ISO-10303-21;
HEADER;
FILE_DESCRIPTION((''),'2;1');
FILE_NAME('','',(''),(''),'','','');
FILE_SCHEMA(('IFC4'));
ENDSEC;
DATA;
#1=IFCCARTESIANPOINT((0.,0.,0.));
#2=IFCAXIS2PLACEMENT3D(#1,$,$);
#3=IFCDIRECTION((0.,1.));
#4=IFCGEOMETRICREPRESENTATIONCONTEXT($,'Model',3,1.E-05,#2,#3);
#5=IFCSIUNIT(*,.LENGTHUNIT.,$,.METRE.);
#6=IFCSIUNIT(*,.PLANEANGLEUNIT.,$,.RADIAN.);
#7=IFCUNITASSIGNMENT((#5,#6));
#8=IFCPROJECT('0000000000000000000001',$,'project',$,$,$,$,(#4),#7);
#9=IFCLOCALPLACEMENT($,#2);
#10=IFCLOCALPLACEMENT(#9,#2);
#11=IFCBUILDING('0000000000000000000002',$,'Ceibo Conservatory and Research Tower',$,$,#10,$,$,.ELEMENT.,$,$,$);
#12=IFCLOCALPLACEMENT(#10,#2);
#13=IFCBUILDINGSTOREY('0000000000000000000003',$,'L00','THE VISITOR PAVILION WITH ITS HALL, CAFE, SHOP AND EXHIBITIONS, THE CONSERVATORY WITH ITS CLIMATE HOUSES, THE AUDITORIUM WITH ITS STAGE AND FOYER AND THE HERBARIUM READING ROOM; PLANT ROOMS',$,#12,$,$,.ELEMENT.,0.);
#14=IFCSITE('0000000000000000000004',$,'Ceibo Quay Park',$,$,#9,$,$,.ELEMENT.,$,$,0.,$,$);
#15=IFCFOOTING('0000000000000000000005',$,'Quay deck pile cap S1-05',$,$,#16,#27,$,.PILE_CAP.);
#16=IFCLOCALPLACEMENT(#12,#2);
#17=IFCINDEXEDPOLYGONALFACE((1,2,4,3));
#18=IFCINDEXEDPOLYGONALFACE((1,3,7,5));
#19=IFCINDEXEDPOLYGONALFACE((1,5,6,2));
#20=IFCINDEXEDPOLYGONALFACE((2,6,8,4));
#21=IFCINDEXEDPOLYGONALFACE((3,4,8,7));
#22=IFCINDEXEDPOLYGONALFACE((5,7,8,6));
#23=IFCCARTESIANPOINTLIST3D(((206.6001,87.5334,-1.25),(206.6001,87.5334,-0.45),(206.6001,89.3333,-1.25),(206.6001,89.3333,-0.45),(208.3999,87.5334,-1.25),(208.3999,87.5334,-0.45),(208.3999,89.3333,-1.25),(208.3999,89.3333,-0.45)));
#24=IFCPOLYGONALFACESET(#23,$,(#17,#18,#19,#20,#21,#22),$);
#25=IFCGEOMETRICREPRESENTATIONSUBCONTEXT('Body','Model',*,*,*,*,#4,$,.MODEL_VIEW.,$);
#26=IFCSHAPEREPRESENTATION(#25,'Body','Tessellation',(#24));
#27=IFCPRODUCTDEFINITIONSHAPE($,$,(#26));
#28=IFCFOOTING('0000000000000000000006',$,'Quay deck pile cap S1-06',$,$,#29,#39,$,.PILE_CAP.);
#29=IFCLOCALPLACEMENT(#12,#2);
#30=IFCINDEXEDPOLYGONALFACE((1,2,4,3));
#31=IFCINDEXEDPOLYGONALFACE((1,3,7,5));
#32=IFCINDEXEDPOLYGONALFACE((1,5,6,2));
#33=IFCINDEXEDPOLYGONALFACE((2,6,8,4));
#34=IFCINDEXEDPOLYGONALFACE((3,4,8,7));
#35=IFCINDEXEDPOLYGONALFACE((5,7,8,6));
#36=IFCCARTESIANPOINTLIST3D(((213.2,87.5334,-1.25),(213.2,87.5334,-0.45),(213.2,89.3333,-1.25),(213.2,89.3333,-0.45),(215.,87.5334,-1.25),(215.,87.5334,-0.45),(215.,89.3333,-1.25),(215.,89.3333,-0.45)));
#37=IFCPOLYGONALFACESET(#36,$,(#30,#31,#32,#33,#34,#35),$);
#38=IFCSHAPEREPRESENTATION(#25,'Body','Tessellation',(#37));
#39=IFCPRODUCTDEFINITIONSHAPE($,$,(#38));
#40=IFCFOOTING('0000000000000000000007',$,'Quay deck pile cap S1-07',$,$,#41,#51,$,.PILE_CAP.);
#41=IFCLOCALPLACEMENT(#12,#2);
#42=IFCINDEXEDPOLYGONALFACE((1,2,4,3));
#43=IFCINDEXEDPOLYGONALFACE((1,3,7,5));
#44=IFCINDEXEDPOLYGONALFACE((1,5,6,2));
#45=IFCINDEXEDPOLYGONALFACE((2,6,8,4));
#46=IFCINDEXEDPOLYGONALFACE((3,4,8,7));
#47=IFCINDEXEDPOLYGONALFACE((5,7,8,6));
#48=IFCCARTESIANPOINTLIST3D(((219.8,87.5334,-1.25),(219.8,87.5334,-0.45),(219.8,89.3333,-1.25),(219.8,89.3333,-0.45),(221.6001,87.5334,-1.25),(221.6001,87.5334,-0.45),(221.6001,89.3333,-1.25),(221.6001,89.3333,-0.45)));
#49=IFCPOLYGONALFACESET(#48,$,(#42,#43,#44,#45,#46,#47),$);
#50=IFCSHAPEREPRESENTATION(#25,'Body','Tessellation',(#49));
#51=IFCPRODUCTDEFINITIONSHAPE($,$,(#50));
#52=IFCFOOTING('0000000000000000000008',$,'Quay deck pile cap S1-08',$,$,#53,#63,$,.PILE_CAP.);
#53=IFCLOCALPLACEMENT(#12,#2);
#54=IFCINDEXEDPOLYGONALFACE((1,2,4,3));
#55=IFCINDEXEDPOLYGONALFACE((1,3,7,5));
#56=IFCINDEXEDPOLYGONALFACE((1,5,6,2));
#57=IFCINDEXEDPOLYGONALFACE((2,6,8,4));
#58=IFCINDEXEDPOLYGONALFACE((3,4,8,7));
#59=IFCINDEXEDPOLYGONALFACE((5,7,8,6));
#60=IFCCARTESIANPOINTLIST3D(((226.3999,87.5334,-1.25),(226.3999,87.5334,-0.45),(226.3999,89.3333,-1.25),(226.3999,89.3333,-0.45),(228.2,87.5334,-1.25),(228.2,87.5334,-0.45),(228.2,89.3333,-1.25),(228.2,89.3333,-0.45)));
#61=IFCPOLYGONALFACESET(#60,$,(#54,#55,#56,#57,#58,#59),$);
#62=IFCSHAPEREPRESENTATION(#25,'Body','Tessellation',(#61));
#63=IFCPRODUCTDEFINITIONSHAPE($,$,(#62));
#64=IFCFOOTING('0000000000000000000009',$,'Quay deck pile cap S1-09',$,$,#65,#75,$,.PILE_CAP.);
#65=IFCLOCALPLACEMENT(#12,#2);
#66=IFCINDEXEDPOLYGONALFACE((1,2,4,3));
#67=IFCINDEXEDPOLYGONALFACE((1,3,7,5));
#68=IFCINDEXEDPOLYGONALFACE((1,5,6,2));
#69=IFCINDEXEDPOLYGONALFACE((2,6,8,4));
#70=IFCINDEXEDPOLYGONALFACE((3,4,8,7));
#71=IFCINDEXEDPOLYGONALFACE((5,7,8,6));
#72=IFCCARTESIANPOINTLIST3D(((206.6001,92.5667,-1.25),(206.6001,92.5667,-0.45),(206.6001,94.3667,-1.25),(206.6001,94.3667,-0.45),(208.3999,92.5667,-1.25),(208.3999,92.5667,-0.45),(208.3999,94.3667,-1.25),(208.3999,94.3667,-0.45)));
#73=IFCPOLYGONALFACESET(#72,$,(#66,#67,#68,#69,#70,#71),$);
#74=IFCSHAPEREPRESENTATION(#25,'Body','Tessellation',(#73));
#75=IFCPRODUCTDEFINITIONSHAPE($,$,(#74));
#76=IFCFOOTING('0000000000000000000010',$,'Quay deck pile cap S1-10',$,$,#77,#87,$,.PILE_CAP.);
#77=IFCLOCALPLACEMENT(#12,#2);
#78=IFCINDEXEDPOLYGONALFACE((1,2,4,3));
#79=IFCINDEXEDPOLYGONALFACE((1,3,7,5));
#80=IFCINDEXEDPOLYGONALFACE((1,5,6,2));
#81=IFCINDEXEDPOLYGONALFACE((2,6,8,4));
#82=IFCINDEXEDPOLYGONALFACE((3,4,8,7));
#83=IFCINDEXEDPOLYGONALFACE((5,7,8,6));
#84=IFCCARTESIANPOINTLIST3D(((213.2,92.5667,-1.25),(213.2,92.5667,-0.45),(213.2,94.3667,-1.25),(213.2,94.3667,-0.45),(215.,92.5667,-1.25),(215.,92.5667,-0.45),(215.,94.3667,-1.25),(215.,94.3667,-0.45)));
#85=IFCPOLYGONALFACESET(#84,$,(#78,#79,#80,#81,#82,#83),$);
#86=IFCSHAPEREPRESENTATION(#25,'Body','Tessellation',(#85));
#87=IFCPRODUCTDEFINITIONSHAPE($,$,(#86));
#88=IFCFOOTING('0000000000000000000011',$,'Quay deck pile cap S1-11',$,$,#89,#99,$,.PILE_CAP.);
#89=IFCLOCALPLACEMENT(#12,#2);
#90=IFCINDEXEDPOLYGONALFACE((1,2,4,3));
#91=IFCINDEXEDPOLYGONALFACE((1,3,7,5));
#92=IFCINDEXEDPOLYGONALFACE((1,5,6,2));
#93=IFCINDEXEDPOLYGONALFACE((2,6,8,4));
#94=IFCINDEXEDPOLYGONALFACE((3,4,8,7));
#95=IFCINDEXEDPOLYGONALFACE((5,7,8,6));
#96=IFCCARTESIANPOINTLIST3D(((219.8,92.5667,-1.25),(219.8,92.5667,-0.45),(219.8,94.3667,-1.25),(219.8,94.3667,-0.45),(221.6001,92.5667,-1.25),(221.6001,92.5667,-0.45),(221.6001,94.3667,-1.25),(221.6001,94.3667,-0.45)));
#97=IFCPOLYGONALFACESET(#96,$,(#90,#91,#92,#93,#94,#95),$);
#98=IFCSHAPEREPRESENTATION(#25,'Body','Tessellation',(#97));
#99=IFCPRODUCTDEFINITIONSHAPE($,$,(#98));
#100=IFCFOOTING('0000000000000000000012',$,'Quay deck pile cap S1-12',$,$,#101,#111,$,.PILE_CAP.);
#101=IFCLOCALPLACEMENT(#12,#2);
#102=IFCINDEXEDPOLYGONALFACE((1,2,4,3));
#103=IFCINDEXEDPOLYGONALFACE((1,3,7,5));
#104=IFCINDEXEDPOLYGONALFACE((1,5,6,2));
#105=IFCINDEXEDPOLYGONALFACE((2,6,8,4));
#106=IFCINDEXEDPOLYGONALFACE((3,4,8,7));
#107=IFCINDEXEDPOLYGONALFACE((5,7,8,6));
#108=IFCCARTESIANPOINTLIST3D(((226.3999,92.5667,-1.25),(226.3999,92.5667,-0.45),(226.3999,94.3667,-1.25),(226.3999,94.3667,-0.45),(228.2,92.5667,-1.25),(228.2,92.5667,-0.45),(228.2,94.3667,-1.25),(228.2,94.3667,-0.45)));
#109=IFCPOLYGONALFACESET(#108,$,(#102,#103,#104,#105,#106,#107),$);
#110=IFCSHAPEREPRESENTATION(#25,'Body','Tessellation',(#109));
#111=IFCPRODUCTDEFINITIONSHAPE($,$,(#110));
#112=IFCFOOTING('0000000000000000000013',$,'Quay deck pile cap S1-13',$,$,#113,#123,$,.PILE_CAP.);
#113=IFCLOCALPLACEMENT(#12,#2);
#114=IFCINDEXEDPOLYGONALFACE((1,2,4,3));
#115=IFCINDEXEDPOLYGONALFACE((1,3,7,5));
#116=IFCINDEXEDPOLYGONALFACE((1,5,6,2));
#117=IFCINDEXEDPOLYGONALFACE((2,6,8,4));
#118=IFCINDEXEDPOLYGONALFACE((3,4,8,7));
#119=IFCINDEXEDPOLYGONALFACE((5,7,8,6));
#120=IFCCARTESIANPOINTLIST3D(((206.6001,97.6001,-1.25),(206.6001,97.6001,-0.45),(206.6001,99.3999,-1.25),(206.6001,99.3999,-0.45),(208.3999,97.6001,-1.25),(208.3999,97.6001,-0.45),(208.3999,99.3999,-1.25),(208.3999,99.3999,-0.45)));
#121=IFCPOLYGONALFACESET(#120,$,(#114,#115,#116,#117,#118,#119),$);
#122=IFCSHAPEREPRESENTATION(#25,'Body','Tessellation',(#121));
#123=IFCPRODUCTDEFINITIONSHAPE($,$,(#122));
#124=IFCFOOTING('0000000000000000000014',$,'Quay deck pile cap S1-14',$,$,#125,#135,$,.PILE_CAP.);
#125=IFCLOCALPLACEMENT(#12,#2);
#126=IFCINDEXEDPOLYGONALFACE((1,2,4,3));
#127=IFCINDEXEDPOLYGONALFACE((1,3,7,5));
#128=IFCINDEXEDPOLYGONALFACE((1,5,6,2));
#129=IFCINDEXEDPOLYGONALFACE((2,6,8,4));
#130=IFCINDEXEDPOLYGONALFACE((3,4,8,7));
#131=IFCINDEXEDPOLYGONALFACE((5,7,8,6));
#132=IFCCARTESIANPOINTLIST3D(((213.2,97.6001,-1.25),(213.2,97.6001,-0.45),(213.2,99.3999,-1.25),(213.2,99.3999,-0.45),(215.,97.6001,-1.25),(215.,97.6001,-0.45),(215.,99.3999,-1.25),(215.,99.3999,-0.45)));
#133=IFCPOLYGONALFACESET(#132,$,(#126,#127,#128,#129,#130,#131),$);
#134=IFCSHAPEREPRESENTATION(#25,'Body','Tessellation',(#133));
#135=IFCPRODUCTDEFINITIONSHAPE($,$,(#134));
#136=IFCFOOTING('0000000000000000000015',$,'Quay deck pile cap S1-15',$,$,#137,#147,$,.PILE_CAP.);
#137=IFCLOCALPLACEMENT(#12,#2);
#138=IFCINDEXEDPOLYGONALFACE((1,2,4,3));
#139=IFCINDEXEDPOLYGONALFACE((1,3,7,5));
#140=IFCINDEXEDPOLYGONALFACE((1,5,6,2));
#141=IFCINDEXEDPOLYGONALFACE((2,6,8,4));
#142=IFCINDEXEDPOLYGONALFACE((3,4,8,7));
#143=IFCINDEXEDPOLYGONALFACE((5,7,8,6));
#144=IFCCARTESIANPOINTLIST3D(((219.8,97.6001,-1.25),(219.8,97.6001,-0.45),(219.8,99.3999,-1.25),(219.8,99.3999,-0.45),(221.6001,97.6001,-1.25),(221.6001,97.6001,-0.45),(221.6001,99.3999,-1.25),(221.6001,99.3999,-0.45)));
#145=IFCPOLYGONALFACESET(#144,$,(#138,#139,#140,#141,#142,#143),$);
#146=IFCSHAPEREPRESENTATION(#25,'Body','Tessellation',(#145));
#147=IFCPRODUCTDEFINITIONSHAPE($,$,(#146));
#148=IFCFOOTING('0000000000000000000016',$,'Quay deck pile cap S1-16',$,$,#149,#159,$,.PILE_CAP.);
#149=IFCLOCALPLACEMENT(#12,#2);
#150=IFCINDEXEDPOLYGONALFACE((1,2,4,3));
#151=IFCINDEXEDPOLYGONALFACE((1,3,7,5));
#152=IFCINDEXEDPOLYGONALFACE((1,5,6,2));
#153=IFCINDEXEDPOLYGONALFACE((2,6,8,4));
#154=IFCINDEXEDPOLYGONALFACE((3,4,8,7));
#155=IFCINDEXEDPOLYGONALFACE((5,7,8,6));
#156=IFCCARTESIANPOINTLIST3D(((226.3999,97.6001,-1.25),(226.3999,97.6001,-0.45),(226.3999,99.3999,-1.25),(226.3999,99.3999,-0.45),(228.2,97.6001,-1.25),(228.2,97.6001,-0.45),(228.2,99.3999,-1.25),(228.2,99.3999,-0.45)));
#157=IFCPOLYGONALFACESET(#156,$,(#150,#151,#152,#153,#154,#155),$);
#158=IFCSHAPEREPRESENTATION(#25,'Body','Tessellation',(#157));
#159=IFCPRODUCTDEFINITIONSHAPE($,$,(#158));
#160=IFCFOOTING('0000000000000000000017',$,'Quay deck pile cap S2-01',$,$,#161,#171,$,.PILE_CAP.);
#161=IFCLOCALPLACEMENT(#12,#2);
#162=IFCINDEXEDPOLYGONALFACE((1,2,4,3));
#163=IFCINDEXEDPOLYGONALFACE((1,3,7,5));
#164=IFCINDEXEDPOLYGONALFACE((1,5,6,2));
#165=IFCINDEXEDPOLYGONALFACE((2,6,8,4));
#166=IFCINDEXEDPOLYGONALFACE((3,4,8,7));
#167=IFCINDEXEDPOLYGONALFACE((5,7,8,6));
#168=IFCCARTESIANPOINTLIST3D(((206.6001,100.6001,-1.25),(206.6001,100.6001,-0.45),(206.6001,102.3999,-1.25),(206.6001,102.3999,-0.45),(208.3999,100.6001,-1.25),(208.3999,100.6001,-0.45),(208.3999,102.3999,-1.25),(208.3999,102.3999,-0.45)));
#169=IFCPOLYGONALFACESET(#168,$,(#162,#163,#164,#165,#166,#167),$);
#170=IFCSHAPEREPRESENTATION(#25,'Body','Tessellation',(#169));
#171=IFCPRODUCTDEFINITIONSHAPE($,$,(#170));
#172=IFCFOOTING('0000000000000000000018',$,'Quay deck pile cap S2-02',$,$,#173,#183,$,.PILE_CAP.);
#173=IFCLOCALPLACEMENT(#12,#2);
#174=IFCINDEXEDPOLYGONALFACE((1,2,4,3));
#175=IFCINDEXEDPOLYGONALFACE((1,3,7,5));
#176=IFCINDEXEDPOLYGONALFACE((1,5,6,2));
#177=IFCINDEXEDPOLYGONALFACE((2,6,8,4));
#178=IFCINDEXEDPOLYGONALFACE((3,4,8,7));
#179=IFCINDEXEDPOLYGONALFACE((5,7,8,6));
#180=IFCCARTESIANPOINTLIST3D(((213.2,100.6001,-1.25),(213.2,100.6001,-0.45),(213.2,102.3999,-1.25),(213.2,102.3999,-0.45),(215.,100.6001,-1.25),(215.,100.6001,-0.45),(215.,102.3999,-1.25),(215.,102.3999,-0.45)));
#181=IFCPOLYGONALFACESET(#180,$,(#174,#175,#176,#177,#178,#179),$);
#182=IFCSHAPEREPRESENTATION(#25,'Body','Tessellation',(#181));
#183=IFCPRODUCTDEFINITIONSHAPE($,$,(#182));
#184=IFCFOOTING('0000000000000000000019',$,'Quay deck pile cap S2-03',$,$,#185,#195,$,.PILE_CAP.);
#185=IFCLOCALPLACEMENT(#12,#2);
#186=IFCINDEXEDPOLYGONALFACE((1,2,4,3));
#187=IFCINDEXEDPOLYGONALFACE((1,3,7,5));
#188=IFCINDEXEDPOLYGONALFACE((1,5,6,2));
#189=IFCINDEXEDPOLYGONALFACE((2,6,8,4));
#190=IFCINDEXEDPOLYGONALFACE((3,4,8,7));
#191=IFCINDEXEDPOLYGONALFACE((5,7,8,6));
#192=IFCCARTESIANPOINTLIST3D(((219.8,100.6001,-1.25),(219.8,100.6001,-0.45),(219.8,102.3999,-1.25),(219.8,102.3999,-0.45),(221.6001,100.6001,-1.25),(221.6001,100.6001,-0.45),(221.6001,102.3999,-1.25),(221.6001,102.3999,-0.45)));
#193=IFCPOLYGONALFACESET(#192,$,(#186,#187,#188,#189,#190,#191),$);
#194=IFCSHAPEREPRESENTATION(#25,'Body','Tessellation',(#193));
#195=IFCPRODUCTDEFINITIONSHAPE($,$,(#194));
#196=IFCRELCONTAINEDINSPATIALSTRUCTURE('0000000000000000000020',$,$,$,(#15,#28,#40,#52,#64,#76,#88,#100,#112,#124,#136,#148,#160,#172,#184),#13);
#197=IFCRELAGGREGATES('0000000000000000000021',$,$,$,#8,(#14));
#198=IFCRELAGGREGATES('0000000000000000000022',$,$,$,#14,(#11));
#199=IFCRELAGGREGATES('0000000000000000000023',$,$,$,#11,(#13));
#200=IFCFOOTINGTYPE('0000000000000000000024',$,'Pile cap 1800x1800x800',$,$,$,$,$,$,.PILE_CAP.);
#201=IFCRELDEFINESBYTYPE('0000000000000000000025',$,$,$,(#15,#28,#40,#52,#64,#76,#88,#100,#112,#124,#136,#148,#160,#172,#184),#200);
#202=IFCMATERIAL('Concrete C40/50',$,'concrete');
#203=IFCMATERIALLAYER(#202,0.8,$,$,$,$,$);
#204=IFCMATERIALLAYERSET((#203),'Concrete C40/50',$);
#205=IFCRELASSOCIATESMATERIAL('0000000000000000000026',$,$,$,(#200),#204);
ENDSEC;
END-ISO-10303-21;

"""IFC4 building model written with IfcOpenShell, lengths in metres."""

from ifc_helpers import new_model, si_unit, direction, frame, origin, place, context, subcontext, project, spatial, polyline, outline, extrude, material, layer, layer_set, type_object, element, save


model = new_model("IFC4")

# Units and contexts
model_context = context("Model", 3, precision=1e-05, world=origin(), true_north=direction((0.0, 1.0)))
body_context = subcontext(model_context, "Body", "Model", "MODEL_VIEW")
ifc_project = project(units=[si_unit("LENGTHUNIT", "METRE"), si_unit("PLANEANGLEUNIT", "RADIAN")], contexts=[model_context])

# Site, building, storey
site_placement = place(None, origin())
site = spatial("IfcSite", under=ifc_project, at=site_placement, Name="Ceibo Quay Park", CompositionType="ELEMENT", RefElevation=0.0)
building_placement = place(site_placement, origin())
building = spatial("IfcBuilding", under=site, at=building_placement, Name="Ceibo Conservatory and Research Tower", CompositionType="ELEMENT")
storey_placement = place(building_placement, origin())
storey = spatial("IfcBuildingStorey", under=building, at=storey_placement, Name="L00", Description="THE VISITOR PAVILION WITH ITS HALL, CAFE, SHOP AND EXHIBITIONS, THE CONSERVATORY WITH ITS CLIMATE HOUSES, THE AUDITORIUM WITH ITS STAGE AND FOYER AND THE HERBARIUM READING ROOM; PLANT ROOMS", CompositionType="ELEMENT", Elevation=0.0)

# Footings
ifc_material = material(Name="Concrete C40/50", Category="concrete")
ifc_layer = layer(ifc_material, 0.8)
ifc_layer_set = layer_set([ifc_layer], Name="Concrete C40/50")
footing_type = type_object("IfcFootingType", Name="Pile cap 1800x1800x800", PredefinedType="PILE_CAP", material=ifc_layer_set)
footing_1_placement = place(storey_placement, frame((0.0, 0.0, -1.25)))
element("IfcFooting", 1, at=footing_1_placement, inside=storey, type_object=footing_type, Name="Quay deck pile cap S1-05", PredefinedType="PILE_CAP", context=body_context, shape_type="SweptSolid", body=[
    extrude(outline(polyline([(206.6001, 87.5334), (208.3999, 87.5334), (208.3999, 89.3333), (206.6001, 89.3333), (206.6001, 87.5334)])), origin(), (0.0, 0.0, 1.0), 0.8),
])
footing_2_placement = place(storey_placement, frame((0.0, 0.0, -1.25)))
element("IfcFooting", 2, at=footing_2_placement, inside=storey, type_object=footing_type, Name="Quay deck pile cap S1-06", PredefinedType="PILE_CAP", context=body_context, shape_type="SweptSolid", body=[
    extrude(outline(polyline([(213.2, 87.5334), (215.0, 87.5334), (215.0, 89.3333), (213.2, 89.3333), (213.2, 87.5334)])), origin(), (0.0, 0.0, 1.0), 0.8),
])
footing_3_placement = place(storey_placement, frame((0.0, 0.0, -1.25)))
element("IfcFooting", 3, at=footing_3_placement, inside=storey, type_object=footing_type, Name="Quay deck pile cap S1-07", PredefinedType="PILE_CAP", context=body_context, shape_type="SweptSolid", body=[
    extrude(outline(polyline([(219.8, 87.5334), (221.6001, 87.5334), (221.6001, 89.3333), (219.8, 89.3333), (219.8, 87.5334)])), origin(), (0.0, 0.0, 1.0), 0.8),
])
footing_4_placement = place(storey_placement, frame((0.0, 0.0, -1.25)))
element("IfcFooting", 4, at=footing_4_placement, inside=storey, type_object=footing_type, Name="Quay deck pile cap S1-08", PredefinedType="PILE_CAP", context=body_context, shape_type="SweptSolid", body=[
    extrude(outline(polyline([(226.3999, 87.5334), (228.2, 87.5334), (228.2, 89.3333), (226.3999, 89.3333), (226.3999, 87.5334)])), origin(), (0.0, 0.0, 1.0), 0.8),
])
footing_5_placement = place(storey_placement, frame((0.0, 0.0, -1.25)))
element("IfcFooting", 5, at=footing_5_placement, inside=storey, type_object=footing_type, Name="Quay deck pile cap S1-09", PredefinedType="PILE_CAP", context=body_context, shape_type="SweptSolid", body=[
    extrude(outline(polyline([(206.6001, 92.5667), (208.3999, 92.5667), (208.3999, 94.3667), (206.6001, 94.3667), (206.6001, 92.5667)])), origin(), (0.0, 0.0, 1.0), 0.8),
])
footing_6_placement = place(storey_placement, frame((0.0, 0.0, -1.25)))
element("IfcFooting", 6, at=footing_6_placement, inside=storey, type_object=footing_type, Name="Quay deck pile cap S1-10", PredefinedType="PILE_CAP", context=body_context, shape_type="SweptSolid", body=[
    extrude(outline(polyline([(213.2, 92.5667), (215.0, 92.5667), (215.0, 94.3667), (213.2, 94.3667), (213.2, 92.5667)])), origin(), (0.0, 0.0, 1.0), 0.8),
])
footing_7_placement = place(storey_placement, frame((0.0, 0.0, -1.25)))
element("IfcFooting", 7, at=footing_7_placement, inside=storey, type_object=footing_type, Name="Quay deck pile cap S1-11", PredefinedType="PILE_CAP", context=body_context, shape_type="SweptSolid", body=[
    extrude(outline(polyline([(219.8, 92.5667), (221.6001, 92.5667), (221.6001, 94.3667), (219.8, 94.3667), (219.8, 92.5667)])), origin(), (0.0, 0.0, 1.0), 0.8),
])
footing_8_placement = place(storey_placement, frame((0.0, 0.0, -1.25)))
element("IfcFooting", 8, at=footing_8_placement, inside=storey, type_object=footing_type, Name="Quay deck pile cap S1-12", PredefinedType="PILE_CAP", context=body_context, shape_type="SweptSolid", body=[
    extrude(outline(polyline([(226.3999, 92.5667), (228.2, 92.5667), (228.2, 94.3667), (226.3999, 94.3667), (226.3999, 92.5667)])), origin(), (0.0, 0.0, 1.0), 0.8),
])
footing_9_placement = place(storey_placement, frame((0.0, 0.0, -1.25)))
element("IfcFooting", 9, at=footing_9_placement, inside=storey, type_object=footing_type, Name="Quay deck pile cap S1-13", PredefinedType="PILE_CAP", context=body_context, shape_type="SweptSolid", body=[
    extrude(outline(polyline([(206.6001, 97.6001), (208.3999, 97.6001), (208.3999, 99.3999), (206.6001, 99.3999), (206.6001, 97.6001)])), origin(), (0.0, 0.0, 1.0), 0.8),
])
footing_10_placement = place(storey_placement, frame((0.0, 0.0, -1.25)))
element("IfcFooting", 10, at=footing_10_placement, inside=storey, type_object=footing_type, Name="Quay deck pile cap S1-14", PredefinedType="PILE_CAP", context=body_context, shape_type="SweptSolid", body=[
    extrude(outline(polyline([(213.2, 97.6001), (215.0, 97.6001), (215.0, 99.3999), (213.2, 99.3999), (213.2, 97.6001)])), origin(), (0.0, 0.0, 1.0), 0.8),
])
footing_11_placement = place(storey_placement, frame((0.0, 0.0, -1.25)))
element("IfcFooting", 11, at=footing_11_placement, inside=storey, type_object=footing_type, Name="Quay deck pile cap S1-15", PredefinedType="PILE_CAP", context=body_context, shape_type="SweptSolid", body=[
    extrude(outline(polyline([(219.8, 97.6001), (221.6001, 97.6001), (221.6001, 99.3999), (219.8, 99.3999), (219.8, 97.6001)])), origin(), (0.0, 0.0, 1.0), 0.8),
])
footing_12_placement = place(storey_placement, frame((0.0, 0.0, -1.25)))
element("IfcFooting", 12, at=footing_12_placement, inside=storey, type_object=footing_type, Name="Quay deck pile cap S1-16", PredefinedType="PILE_CAP", context=body_context, shape_type="SweptSolid", body=[
    extrude(outline(polyline([(226.3999, 97.6001), (228.2, 97.6001), (228.2, 99.3999), (226.3999, 99.3999), (226.3999, 97.6001)])), origin(), (0.0, 0.0, 1.0), 0.8),
])
footing_13_placement = place(storey_placement, frame((0.0, 0.0, -1.25)))
element("IfcFooting", 13, at=footing_13_placement, inside=storey, type_object=footing_type, Name="Quay deck pile cap S2-01", PredefinedType="PILE_CAP", context=body_context, shape_type="SweptSolid", body=[
    extrude(outline(polyline([(206.6001, 100.6001), (208.3999, 100.6001), (208.3999, 102.3999), (206.6001, 102.3999), (206.6001, 100.6001)])), origin(), (0.0, 0.0, 1.0), 0.8),
])
footing_14_placement = place(storey_placement, frame((0.0, 0.0, -1.25)))
element("IfcFooting", 14, at=footing_14_placement, inside=storey, type_object=footing_type, Name="Quay deck pile cap S2-02", PredefinedType="PILE_CAP", context=body_context, shape_type="SweptSolid", body=[
    extrude(outline(polyline([(213.2, 100.6001), (215.0, 100.6001), (215.0, 102.3999), (213.2, 102.3999), (213.2, 100.6001)])), origin(), (0.0, 0.0, 1.0), 0.8),
])
footing_15_placement = place(storey_placement, frame((0.0, 0.0, -1.25)))
element("IfcFooting", 15, at=footing_15_placement, inside=storey, type_object=footing_type, Name="Quay deck pile cap S2-03", PredefinedType="PILE_CAP", context=body_context, shape_type="SweptSolid", body=[
    extrude(outline(polyline([(219.8, 100.6001), (221.6001, 100.6001), (221.6001, 102.3999), (219.8, 102.3999), (219.8, 100.6001)])), origin(), (0.0, 0.0, 1.0), 0.8),
])

save(model, "model.ifc")
